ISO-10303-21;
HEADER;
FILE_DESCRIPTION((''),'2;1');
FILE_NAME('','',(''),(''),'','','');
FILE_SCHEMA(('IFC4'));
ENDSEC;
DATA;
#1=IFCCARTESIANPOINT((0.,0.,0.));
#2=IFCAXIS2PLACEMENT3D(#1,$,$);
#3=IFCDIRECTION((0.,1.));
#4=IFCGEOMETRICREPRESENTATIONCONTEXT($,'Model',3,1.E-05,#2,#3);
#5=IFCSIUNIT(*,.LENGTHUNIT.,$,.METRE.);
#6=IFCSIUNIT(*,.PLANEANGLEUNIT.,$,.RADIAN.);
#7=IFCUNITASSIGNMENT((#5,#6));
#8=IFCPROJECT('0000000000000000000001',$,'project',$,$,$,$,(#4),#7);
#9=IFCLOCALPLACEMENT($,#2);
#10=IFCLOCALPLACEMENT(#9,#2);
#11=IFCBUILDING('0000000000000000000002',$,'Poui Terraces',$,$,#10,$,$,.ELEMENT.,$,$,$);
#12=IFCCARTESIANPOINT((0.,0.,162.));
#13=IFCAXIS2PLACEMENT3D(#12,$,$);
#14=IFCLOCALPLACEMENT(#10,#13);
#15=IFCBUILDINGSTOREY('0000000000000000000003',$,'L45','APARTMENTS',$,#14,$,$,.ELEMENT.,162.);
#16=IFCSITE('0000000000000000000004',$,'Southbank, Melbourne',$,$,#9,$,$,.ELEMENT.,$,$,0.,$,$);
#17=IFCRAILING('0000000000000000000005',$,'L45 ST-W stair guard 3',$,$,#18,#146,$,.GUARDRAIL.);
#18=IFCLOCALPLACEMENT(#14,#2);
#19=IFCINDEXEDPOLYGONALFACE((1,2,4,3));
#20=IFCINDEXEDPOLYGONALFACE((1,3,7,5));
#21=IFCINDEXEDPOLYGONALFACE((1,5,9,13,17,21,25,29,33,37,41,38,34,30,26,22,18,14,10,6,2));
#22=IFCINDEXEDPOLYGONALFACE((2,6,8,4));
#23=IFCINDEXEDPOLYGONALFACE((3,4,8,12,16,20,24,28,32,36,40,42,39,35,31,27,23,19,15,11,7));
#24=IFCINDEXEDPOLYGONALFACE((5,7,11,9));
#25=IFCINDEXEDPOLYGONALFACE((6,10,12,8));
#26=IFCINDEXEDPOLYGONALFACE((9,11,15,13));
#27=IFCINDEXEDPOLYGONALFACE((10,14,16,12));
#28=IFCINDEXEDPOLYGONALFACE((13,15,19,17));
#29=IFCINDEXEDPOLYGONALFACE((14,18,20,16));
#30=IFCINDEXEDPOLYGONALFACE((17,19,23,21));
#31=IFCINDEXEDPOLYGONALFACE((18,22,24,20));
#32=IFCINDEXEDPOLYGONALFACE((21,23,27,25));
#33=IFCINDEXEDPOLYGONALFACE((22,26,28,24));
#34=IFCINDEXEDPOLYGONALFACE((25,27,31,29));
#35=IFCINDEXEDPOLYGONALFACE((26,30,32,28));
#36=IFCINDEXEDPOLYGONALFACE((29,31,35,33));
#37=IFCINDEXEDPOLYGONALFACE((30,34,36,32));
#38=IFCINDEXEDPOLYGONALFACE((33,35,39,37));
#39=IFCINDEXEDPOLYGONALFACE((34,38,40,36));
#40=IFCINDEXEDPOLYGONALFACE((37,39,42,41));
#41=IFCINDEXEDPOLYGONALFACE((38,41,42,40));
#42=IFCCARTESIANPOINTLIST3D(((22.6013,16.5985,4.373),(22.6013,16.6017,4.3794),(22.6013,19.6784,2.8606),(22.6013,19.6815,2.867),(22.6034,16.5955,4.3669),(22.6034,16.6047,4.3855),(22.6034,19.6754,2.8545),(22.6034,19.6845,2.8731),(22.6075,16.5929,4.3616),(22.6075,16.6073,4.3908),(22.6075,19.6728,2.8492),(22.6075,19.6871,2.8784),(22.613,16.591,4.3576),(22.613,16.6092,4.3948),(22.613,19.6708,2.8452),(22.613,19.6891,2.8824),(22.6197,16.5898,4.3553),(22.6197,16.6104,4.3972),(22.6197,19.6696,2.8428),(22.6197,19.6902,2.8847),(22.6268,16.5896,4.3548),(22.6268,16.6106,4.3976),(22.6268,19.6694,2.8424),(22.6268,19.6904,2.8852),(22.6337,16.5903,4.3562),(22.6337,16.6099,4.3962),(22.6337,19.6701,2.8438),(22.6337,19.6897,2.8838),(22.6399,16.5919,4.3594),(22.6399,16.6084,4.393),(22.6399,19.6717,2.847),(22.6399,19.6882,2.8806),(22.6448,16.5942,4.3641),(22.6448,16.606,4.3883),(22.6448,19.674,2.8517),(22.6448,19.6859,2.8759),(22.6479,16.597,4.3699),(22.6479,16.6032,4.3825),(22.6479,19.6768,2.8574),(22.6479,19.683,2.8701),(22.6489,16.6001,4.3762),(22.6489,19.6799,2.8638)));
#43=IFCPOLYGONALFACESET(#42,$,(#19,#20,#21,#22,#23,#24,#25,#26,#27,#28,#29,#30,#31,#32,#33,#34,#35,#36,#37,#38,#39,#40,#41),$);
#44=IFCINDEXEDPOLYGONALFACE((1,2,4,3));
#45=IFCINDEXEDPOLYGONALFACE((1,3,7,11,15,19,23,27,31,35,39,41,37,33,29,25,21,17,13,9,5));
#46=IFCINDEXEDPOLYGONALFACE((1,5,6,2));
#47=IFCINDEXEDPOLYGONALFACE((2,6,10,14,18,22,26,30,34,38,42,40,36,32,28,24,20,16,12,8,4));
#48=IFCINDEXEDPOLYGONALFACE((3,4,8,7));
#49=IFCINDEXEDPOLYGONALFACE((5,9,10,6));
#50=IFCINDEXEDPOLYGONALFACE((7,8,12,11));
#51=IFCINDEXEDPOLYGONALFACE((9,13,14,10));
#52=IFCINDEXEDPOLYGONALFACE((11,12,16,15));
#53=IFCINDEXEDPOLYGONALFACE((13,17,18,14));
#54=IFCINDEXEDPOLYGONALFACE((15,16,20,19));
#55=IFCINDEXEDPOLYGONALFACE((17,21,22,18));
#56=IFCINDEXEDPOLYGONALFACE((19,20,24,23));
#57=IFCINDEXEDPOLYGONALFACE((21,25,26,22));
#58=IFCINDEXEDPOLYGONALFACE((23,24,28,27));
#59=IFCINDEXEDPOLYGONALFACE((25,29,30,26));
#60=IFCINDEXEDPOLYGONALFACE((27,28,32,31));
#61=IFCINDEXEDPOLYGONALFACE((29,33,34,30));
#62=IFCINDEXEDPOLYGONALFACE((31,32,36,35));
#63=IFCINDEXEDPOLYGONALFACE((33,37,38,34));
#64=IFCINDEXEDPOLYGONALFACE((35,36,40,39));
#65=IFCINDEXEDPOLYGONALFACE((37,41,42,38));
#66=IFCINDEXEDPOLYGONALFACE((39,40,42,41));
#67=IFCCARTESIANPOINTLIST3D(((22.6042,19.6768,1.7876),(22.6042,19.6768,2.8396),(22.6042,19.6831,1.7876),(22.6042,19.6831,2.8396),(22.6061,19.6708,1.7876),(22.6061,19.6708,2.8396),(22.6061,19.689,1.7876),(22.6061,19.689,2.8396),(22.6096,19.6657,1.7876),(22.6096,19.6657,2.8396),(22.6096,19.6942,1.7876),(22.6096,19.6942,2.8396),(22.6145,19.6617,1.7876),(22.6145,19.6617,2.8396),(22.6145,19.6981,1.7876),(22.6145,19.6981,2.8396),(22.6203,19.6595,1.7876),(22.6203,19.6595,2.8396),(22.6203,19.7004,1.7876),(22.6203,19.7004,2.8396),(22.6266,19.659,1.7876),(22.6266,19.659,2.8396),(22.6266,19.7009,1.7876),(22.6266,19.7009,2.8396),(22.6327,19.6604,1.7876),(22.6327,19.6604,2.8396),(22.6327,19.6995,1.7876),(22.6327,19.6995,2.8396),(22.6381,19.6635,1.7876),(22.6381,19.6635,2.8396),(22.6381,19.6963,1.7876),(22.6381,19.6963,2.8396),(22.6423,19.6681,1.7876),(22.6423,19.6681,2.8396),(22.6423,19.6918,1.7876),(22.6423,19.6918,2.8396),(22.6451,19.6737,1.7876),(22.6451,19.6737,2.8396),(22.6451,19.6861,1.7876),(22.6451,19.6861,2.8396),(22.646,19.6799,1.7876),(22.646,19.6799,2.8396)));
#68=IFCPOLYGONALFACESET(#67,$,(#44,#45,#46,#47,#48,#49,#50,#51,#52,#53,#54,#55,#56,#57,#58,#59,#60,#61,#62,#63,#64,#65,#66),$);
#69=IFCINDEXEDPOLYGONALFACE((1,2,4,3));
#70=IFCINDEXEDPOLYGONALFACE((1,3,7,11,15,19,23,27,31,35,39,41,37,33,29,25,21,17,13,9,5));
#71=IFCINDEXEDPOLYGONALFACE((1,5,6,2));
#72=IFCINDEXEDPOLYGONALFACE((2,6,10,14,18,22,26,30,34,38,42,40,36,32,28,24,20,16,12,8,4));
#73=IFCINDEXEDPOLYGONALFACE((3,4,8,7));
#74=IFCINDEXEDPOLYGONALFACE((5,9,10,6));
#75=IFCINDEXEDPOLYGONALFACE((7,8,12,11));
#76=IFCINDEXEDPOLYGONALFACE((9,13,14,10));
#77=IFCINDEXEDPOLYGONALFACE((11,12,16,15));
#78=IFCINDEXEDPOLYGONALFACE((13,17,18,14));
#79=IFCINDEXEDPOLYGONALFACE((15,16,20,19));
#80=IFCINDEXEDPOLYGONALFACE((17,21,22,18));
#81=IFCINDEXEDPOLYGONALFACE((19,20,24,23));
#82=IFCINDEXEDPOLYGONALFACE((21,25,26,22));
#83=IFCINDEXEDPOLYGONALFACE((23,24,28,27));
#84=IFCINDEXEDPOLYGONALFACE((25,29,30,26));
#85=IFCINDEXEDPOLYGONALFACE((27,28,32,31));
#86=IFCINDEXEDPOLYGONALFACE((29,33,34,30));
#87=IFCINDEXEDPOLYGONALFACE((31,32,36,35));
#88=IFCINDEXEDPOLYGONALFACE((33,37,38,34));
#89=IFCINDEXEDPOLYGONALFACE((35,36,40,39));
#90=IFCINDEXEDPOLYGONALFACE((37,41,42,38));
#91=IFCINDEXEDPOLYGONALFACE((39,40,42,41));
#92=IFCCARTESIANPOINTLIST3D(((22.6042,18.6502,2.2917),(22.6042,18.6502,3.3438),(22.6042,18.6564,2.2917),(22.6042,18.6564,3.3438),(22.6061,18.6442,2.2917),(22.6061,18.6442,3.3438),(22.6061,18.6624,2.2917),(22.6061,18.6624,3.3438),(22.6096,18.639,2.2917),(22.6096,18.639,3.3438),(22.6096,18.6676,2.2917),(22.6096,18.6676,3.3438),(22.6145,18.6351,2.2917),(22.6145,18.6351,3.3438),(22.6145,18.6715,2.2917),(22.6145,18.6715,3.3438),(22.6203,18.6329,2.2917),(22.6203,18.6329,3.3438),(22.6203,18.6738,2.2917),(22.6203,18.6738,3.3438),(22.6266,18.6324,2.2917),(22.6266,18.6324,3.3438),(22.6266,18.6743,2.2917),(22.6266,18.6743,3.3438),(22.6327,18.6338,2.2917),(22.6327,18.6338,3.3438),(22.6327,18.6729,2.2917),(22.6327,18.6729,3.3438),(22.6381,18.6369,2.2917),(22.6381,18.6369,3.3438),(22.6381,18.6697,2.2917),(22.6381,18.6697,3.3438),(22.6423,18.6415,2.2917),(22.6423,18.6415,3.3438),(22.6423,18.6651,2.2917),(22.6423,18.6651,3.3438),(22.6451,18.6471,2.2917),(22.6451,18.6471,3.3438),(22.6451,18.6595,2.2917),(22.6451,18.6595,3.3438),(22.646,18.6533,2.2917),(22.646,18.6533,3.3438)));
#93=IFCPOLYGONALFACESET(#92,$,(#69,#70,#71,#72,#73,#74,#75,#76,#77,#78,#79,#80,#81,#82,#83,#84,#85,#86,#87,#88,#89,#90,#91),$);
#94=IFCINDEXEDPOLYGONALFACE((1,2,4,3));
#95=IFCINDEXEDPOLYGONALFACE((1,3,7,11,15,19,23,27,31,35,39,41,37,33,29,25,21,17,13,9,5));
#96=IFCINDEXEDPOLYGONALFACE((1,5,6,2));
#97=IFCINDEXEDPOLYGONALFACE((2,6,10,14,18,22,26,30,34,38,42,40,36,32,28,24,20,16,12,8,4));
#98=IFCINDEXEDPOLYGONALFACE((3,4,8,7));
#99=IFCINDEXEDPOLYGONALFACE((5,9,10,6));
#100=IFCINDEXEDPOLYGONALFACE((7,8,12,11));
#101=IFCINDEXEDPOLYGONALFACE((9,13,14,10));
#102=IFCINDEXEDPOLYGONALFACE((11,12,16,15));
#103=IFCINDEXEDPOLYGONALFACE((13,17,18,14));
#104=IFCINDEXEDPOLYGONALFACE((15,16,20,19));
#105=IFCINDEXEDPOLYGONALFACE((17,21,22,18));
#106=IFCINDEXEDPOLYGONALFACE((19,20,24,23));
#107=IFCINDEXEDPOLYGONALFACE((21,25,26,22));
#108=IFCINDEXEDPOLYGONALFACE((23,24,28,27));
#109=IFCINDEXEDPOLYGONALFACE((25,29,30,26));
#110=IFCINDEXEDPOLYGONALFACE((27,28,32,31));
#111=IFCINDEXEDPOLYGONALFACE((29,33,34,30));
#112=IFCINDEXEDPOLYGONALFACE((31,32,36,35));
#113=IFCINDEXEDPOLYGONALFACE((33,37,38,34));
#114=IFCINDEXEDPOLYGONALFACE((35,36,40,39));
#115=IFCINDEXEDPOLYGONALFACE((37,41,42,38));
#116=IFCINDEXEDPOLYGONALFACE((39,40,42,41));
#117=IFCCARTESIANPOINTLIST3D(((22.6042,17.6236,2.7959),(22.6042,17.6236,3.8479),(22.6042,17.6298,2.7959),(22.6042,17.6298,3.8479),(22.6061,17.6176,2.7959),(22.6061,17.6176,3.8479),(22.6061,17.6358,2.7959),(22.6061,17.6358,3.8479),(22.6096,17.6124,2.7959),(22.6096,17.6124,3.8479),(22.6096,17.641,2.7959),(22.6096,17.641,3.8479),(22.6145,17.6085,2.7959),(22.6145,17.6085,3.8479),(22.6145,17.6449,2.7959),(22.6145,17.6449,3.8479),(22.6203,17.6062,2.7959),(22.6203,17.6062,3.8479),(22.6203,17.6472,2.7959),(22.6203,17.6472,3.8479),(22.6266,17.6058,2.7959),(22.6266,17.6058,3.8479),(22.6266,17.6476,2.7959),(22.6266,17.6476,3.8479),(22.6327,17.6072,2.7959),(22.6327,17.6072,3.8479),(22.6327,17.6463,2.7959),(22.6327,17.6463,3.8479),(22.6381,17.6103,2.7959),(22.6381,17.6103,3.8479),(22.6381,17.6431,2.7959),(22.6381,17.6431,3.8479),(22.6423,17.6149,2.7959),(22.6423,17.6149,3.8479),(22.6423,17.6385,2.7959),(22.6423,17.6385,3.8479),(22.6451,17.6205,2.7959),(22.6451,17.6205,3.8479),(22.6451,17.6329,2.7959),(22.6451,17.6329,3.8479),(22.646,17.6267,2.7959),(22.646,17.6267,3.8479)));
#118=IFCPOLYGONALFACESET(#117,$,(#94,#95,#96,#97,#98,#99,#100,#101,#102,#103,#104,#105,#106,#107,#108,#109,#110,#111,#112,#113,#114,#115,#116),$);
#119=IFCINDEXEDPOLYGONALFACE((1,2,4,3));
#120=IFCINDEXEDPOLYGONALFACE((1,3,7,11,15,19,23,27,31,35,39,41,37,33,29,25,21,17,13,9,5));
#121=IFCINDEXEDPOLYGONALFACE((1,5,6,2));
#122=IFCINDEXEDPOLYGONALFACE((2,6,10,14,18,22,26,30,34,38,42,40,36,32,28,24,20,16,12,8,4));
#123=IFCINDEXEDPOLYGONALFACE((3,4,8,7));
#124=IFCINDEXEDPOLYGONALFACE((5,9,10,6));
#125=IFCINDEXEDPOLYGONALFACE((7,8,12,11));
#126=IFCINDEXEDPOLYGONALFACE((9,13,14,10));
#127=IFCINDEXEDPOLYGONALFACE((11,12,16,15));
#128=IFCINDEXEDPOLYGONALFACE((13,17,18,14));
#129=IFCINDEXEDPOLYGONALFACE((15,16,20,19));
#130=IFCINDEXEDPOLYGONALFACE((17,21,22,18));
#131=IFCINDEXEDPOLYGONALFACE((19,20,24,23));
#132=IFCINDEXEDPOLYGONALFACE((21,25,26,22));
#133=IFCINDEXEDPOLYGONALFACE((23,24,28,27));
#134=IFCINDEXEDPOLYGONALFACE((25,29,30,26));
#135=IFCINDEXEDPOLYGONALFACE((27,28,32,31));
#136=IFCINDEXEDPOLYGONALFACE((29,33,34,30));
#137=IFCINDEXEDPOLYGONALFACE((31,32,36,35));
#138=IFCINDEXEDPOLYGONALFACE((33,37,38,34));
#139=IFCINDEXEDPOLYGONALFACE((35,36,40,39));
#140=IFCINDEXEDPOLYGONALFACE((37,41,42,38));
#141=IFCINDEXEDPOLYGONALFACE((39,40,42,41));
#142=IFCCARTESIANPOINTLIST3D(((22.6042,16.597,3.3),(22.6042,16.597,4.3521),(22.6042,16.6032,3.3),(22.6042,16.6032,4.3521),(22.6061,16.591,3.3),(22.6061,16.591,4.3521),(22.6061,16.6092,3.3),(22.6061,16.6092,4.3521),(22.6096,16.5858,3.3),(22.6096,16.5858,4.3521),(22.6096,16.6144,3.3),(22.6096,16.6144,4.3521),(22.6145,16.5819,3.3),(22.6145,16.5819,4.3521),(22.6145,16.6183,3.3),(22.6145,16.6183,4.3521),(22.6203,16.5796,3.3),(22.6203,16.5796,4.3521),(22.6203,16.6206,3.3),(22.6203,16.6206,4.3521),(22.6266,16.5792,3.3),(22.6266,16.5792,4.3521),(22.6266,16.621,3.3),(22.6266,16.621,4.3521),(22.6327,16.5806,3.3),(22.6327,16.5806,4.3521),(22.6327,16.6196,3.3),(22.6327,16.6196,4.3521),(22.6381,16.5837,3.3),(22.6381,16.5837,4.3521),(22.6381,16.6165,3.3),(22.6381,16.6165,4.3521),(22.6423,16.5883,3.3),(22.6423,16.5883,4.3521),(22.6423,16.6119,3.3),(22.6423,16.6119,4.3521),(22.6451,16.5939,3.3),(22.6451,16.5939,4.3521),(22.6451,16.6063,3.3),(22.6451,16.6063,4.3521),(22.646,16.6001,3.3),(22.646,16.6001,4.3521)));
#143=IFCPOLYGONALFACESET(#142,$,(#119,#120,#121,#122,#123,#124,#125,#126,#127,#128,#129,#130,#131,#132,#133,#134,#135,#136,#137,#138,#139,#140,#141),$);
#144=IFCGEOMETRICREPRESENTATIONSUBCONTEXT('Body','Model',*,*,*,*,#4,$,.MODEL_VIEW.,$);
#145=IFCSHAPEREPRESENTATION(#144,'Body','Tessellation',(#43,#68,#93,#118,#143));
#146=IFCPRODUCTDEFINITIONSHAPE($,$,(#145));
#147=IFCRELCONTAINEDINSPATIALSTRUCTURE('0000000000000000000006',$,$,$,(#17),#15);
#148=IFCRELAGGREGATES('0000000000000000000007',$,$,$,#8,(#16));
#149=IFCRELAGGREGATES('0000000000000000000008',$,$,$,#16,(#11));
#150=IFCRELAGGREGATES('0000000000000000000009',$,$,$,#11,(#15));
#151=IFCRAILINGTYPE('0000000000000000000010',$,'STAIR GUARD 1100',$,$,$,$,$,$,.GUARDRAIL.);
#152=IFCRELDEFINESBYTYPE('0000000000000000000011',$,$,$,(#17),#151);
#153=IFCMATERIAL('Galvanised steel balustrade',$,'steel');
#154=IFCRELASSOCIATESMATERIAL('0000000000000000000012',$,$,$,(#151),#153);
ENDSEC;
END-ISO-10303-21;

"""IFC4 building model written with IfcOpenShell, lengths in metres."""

from ifc_helpers import new_model, si_unit, direction, frame, origin, origin_2d, place, context, subcontext, project, spatial, circle, extrude, material, type_object, element, save


model = new_model("IFC4")

# Units and contexts
model_context = context("Model", 3, precision=1e-05, world=origin(), true_north=direction((0.0, 1.0)))
body_context = subcontext(model_context, "Body", "Model", "MODEL_VIEW")
ifc_project = project(units=[si_unit("LENGTHUNIT", "METRE"), si_unit("PLANEANGLEUNIT", "RADIAN")], contexts=[model_context])

# Site, building, storey
site_placement = place(None, origin())
site = spatial("IfcSite", under=ifc_project, at=site_placement, Name="Southbank, Melbourne", CompositionType="ELEMENT", RefElevation=0.0)
building_placement = place(site_placement, origin())
building = spatial("IfcBuilding", under=site, at=building_placement, Name="Poui Terraces", CompositionType="ELEMENT")
storey_placement = place(building_placement, frame((0.0, 0.0, 162.0)))
storey = spatial("IfcBuildingStorey", under=building, at=storey_placement, Name="L45", Description="APARTMENTS", CompositionType="ELEMENT", Elevation=162.0)

# Railing
ifc_material_1 = material(Name="Galvanised steel balustrade", Category="steel")
railing_type_1 = type_object("IfcRailingType", Name="STAIR GUARD 1100", PredefinedType="GUARDRAIL", material=ifc_material_1)
railing_1_placement = place(storey_placement, frame((22.625, 19.6799, 1.7876)))
element("IfcRailing", 1, at=railing_1_placement, inside=storey, type_object=railing_type_1, Name="L45 ST-W stair guard 3", PredefinedType="GUARDRAIL", context=body_context, shape_type="SweptSolid", body=[
    extrude(circle(Radius=0.0239, at=origin_2d()), frame((0.0, 0.0, 1.0762), z_axis=(0.0, -0.897606, 0.440798), x_axis=(1.0, 0.0, 0.0)), (0.0, 0.0, 1.0), 3.4312),
    extrude(circle(Radius=0.021, at=origin_2d()), origin(), (0.0, 0.0, 1.0), 1.052),
    extrude(circle(Radius=0.021, at=origin_2d()), frame((0.0, -1.0266, 0.5042)), (0.0, 0.0, 1.0), 1.052),
    extrude(circle(Radius=0.021, at=origin_2d()), frame((0.0, -2.0532, 1.0083)), (0.0, 0.0, 1.0), 1.052),
    extrude(circle(Radius=0.021, at=origin_2d()), frame((0.0, -3.0798, 1.5125)), (0.0, 0.0, 1.0), 1.052),
])

save(model, "model.ifc")
